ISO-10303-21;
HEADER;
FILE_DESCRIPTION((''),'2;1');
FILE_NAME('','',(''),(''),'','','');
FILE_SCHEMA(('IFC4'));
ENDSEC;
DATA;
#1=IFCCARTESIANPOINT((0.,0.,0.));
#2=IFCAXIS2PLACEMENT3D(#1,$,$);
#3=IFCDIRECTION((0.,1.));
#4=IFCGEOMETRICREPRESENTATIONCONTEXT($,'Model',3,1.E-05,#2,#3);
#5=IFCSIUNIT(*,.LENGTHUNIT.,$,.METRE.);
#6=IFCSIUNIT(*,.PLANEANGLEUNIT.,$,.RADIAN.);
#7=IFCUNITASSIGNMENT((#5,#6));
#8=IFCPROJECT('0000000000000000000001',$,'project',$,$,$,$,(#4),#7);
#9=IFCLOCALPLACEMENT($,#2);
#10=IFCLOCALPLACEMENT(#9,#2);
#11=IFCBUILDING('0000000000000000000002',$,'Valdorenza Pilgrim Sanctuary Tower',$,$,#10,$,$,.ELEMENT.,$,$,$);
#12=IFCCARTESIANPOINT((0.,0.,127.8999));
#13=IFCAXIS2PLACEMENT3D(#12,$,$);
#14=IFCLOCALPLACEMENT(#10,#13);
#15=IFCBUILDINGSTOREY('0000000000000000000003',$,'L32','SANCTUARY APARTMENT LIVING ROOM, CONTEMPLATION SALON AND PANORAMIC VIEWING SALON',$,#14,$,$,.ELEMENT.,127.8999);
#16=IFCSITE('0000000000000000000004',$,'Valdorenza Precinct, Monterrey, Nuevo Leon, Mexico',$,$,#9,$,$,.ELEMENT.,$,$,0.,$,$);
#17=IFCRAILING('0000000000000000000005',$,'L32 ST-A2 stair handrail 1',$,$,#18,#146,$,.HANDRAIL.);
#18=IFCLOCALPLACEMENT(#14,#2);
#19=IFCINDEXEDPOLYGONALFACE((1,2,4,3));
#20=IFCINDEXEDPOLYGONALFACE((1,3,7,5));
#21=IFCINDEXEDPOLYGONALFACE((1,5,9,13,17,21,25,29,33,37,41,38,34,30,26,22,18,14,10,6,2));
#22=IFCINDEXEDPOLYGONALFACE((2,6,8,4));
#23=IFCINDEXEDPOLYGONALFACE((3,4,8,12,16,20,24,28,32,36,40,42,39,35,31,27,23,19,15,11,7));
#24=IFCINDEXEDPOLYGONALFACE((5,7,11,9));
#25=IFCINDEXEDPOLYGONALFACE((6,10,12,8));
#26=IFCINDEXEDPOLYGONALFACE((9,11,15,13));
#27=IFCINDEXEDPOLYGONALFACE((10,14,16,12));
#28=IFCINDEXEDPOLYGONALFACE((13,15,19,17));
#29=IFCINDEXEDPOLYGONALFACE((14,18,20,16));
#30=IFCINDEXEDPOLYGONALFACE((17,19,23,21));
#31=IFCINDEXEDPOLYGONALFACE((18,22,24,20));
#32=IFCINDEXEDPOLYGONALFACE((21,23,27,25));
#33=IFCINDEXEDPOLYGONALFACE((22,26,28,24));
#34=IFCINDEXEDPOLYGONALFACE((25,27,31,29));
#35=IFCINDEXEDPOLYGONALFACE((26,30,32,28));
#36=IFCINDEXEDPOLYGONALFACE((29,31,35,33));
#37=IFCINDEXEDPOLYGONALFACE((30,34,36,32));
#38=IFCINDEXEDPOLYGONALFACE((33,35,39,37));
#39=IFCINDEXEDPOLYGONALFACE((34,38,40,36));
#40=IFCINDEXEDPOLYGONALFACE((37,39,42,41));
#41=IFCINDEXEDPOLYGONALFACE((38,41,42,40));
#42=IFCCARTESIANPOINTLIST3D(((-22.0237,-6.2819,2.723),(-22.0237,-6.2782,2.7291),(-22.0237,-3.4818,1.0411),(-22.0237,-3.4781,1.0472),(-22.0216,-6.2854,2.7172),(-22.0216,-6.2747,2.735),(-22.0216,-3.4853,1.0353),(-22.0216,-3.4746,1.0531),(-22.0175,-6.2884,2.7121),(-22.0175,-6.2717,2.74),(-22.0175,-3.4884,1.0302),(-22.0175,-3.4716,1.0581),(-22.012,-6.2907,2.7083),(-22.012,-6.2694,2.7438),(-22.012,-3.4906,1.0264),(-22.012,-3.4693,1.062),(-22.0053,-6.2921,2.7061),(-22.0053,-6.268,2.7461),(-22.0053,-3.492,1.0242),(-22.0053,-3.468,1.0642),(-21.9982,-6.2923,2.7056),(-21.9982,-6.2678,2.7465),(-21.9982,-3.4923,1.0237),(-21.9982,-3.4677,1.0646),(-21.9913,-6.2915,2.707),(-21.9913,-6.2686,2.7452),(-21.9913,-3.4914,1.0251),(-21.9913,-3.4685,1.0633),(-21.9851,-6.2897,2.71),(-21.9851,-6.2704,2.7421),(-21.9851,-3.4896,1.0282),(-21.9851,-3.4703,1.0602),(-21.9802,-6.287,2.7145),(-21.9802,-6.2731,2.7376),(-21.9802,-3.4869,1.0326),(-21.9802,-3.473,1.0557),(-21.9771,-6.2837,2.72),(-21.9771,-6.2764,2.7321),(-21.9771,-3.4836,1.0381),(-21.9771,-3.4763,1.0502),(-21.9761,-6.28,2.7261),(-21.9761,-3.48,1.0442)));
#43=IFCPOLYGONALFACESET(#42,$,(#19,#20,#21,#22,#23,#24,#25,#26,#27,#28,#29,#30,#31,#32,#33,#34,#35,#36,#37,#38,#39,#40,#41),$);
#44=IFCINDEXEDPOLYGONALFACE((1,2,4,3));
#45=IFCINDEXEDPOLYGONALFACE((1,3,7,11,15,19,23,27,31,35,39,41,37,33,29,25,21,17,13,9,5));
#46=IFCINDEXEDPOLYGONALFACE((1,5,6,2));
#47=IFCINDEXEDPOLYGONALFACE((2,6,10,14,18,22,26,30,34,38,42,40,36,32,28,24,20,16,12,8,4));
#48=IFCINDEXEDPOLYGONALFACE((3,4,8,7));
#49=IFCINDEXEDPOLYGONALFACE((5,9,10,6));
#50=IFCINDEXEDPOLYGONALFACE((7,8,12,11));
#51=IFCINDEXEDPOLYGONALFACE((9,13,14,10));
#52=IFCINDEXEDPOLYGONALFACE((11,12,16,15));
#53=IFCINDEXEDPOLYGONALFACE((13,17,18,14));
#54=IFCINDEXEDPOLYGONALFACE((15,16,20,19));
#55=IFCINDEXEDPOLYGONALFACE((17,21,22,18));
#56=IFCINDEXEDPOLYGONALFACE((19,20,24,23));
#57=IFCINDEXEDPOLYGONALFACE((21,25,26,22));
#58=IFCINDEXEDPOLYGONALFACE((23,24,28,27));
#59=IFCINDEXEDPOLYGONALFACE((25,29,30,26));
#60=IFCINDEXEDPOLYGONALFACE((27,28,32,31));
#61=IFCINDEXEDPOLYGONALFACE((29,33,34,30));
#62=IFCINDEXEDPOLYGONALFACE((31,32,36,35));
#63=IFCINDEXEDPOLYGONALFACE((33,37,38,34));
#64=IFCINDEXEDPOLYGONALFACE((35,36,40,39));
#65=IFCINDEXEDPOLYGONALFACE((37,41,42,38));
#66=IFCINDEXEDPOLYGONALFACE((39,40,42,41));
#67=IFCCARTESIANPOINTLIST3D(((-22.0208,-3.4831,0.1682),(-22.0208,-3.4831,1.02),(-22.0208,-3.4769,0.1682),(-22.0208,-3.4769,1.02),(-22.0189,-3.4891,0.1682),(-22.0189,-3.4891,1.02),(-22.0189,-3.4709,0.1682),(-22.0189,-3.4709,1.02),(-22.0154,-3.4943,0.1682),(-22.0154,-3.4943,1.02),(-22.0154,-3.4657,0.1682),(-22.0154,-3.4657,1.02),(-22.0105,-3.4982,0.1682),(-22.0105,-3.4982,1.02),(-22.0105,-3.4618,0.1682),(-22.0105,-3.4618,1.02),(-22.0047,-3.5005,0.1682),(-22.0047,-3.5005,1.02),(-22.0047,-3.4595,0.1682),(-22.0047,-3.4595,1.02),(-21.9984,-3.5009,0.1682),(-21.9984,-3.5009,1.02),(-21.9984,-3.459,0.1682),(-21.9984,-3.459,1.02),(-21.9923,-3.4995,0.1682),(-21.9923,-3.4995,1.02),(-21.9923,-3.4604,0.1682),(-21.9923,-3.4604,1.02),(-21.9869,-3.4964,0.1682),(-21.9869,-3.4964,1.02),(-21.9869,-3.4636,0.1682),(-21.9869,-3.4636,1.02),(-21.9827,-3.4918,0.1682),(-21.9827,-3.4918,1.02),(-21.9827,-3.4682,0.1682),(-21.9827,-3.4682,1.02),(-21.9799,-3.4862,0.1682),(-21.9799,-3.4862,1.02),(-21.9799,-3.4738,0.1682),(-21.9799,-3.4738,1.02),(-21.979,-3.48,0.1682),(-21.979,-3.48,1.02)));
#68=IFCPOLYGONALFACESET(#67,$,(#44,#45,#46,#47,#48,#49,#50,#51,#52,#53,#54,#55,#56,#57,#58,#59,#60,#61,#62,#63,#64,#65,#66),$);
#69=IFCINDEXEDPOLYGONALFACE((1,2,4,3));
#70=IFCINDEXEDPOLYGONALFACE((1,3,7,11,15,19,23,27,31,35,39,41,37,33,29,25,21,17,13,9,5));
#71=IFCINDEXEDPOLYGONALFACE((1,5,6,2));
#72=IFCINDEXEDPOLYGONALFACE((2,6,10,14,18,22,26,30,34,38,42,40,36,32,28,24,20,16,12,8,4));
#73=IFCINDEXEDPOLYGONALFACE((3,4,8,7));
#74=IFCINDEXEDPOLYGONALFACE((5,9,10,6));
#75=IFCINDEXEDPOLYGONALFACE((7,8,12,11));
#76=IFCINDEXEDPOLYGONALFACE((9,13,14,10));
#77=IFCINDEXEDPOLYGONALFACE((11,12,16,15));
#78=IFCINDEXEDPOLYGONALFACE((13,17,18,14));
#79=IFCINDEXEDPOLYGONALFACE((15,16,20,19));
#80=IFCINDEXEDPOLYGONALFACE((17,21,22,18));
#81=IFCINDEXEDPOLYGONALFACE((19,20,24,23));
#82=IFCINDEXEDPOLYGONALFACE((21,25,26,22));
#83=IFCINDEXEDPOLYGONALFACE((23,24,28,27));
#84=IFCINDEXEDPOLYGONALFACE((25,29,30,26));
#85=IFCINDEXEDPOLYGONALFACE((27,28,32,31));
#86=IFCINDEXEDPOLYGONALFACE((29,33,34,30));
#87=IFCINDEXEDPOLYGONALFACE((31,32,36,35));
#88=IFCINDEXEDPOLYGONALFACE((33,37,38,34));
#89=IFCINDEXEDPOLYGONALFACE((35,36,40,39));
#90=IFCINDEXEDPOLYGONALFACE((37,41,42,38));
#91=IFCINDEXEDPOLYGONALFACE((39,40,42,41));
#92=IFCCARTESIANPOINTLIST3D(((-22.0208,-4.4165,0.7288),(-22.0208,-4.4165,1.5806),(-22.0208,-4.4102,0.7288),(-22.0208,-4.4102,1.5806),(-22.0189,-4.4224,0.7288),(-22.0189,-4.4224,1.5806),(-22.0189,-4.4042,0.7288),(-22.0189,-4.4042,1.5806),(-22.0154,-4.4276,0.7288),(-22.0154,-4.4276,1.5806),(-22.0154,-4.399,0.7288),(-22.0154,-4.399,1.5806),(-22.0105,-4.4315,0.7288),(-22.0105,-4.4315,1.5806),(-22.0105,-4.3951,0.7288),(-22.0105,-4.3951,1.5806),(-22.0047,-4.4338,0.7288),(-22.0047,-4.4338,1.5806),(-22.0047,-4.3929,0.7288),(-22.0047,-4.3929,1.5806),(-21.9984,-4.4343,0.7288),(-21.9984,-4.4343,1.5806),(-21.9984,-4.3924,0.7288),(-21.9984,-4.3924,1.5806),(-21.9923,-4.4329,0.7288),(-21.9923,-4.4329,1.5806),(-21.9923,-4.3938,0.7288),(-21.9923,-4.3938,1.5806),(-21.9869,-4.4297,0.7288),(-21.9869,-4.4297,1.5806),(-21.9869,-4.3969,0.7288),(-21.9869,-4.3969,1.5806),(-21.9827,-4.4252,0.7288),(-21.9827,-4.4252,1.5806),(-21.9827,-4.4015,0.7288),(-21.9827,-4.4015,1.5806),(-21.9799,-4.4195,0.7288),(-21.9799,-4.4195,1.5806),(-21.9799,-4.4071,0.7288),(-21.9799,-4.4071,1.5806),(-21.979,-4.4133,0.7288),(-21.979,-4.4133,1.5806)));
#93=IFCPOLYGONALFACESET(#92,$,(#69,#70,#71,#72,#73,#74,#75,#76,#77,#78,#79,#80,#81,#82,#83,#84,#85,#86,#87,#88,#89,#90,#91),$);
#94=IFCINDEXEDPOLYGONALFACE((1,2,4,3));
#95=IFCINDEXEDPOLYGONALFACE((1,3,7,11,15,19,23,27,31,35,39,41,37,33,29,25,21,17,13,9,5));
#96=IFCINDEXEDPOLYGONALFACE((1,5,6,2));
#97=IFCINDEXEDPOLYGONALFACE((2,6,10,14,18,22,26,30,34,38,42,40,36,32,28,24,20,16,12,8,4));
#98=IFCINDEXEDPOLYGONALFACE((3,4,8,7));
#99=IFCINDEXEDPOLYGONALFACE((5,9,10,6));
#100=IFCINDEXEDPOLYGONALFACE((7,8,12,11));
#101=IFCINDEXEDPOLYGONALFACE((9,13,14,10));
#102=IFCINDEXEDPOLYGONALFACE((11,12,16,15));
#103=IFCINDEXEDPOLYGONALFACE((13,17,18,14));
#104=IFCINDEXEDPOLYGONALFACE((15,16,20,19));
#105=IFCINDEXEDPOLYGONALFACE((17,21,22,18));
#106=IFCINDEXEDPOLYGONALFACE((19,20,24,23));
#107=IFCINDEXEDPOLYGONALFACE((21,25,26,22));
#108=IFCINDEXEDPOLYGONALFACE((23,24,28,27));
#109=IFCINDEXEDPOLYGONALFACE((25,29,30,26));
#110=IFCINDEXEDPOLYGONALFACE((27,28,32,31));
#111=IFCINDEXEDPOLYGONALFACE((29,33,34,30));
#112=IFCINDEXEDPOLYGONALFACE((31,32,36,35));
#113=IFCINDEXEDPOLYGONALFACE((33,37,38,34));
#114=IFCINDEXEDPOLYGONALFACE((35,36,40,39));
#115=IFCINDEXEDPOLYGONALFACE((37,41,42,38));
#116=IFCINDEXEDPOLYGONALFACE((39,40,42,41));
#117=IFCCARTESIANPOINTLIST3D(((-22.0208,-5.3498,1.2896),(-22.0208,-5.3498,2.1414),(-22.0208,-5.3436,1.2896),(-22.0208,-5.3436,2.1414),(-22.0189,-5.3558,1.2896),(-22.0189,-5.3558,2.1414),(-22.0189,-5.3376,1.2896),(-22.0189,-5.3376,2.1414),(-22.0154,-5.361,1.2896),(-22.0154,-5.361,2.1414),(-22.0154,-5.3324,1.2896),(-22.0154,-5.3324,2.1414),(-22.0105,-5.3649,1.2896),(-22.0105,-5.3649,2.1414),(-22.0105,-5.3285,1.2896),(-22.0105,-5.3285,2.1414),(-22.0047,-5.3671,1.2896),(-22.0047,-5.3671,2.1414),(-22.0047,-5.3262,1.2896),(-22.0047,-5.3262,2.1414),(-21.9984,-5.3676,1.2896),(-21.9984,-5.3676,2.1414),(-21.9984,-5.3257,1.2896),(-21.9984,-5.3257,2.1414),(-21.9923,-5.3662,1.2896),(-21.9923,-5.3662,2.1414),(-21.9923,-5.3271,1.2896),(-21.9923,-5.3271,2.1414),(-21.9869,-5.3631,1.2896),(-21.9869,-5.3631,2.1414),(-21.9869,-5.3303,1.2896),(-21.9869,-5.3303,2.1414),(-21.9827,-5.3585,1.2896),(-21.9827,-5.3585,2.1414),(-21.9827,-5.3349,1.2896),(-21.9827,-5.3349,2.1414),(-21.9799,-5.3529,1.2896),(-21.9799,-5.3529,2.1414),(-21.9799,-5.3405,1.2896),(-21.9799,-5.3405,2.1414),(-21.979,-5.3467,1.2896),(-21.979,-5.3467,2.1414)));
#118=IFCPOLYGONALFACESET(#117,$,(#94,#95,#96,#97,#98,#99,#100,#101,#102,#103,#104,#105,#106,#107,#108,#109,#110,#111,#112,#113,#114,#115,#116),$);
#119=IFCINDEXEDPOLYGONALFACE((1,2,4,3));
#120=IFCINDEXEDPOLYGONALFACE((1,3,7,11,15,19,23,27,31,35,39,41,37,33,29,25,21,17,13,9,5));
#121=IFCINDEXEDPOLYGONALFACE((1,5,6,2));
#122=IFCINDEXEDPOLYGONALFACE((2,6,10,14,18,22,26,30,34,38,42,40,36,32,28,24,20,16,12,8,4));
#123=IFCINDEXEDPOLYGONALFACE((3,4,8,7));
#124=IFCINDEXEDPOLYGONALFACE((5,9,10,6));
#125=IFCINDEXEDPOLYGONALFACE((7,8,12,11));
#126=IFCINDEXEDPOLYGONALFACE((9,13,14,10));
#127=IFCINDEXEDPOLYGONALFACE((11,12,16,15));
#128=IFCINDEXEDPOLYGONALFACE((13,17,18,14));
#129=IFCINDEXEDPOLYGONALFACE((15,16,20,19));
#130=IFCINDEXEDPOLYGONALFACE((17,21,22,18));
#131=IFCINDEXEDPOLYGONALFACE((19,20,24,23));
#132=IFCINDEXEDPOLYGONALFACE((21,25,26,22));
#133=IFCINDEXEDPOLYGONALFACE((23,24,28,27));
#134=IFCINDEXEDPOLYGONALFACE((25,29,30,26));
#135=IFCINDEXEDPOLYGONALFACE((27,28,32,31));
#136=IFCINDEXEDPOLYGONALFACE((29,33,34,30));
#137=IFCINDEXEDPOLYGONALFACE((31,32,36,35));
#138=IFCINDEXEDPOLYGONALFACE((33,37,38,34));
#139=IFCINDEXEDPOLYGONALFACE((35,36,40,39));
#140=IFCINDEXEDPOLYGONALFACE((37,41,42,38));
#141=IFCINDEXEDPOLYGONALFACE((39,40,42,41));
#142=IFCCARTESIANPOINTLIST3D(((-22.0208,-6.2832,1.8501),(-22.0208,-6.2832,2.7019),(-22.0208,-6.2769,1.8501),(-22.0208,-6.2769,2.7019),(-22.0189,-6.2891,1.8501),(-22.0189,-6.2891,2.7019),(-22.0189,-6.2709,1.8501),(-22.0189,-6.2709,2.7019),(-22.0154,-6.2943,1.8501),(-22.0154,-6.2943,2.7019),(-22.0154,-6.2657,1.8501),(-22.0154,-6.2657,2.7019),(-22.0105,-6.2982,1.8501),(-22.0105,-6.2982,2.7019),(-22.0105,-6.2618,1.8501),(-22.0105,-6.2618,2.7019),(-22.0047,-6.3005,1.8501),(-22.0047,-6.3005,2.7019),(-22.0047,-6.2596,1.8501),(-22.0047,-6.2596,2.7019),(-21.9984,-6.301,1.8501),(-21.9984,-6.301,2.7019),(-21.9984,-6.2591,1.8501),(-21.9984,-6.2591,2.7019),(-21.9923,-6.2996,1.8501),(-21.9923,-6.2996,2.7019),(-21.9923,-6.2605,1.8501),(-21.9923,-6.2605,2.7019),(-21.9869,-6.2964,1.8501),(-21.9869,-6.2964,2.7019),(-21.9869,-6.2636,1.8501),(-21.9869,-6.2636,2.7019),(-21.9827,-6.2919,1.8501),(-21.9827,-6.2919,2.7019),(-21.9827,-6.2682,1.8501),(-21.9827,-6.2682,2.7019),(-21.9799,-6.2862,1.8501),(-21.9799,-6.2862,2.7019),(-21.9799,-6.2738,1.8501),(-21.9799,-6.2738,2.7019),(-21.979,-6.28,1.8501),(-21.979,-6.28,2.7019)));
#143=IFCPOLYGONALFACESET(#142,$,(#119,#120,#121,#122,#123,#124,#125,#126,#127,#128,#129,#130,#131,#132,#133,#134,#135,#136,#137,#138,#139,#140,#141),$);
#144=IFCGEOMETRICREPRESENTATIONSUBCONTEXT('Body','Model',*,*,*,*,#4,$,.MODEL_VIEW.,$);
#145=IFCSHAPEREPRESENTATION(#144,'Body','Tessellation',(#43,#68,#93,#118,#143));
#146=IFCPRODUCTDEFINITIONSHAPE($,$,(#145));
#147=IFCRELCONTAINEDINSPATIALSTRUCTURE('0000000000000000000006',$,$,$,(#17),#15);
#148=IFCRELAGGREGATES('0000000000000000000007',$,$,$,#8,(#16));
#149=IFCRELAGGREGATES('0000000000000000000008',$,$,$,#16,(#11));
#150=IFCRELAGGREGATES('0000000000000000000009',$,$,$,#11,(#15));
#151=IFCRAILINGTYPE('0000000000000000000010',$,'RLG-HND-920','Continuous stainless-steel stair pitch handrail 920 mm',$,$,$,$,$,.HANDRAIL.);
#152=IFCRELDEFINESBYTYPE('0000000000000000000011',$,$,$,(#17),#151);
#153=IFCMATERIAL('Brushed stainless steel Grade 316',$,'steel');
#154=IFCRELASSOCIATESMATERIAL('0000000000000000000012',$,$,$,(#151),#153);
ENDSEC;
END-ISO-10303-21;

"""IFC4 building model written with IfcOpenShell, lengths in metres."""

from ifc_helpers import new_model, si_unit, direction, frame, origin, origin_2d, place, context, subcontext, project, spatial, circle, extrude, material, type_object, element, save


model = new_model("IFC4")

# Units and contexts
model_context = context("Model", 3, precision=1e-05, world=origin(), true_north=direction((0.0, 1.0)))
body_context = subcontext(model_context, "Body", "Model", "MODEL_VIEW")
ifc_project = project(units=[si_unit("LENGTHUNIT", "METRE"), si_unit("PLANEANGLEUNIT", "RADIAN")], contexts=[model_context])

# Site, building, storey
site_placement = place(None, origin())
site = spatial("IfcSite", under=ifc_project, at=site_placement, Name="Valdorenza Precinct, Monterrey, Nuevo Leon, Mexico", CompositionType="ELEMENT", RefElevation=0.0)
building_placement = place(site_placement, origin())
building = spatial("IfcBuilding", under=site, at=building_placement, Name="Valdorenza Pilgrim Sanctuary Tower", CompositionType="ELEMENT")
storey_placement = place(building_placement, frame((0.0, 0.0, 127.8999)))
storey = spatial("IfcBuildingStorey", under=building, at=storey_placement, Name="L32", Description="SANCTUARY APARTMENT LIVING ROOM, CONTEMPLATION SALON AND PANORAMIC VIEWING SALON", CompositionType="ELEMENT", Elevation=127.8999)

# Shared definitions
ifc_material_1 = material(Name="Brushed stainless steel Grade 316", Category="steel")

# Railing
railing_type_1 = type_object("IfcRailingType", Name="RLG-HND-920", Description="Continuous stainless-steel stair pitch handrail 920 mm", PredefinedType="HANDRAIL", material=ifc_material_1)
railing_1_placement = place(storey_placement, frame((-22.0, -3.48, 0.1682)))
element("IfcRailing", 1, at=railing_1_placement, inside=storey, type_object=railing_type_1, Name="L32 ST-A2 stair handrail 1", PredefinedType="HANDRAIL", context=body_context, shape_type="SweptSolid", body=[
    extrude(circle(Radius=0.0239, at=origin_2d()), frame((0.0, 0.0, 0.876), z_axis=(0.0, -0.857242, 0.514913), x_axis=(1.0, 0.0, 0.0)), (0.0, 0.0, 1.0), 3.2664),
    extrude(circle(Radius=0.021, at=origin_2d()), origin(), (0.0, 0.0, 1.0), 0.8518),
    extrude(circle(Radius=0.021, at=origin_2d()), frame((0.0, -0.9333, 0.5605)), (0.0, 0.0, 1.0), 0.8518),
    extrude(circle(Radius=0.021, at=origin_2d()), frame((0.0, -1.8667, 1.1213)), (0.0, 0.0, 1.0), 0.8518),
    extrude(circle(Radius=0.021, at=origin_2d()), frame((0.0, -2.8, 1.6819)), (0.0, 0.0, 1.0), 0.8518),
])

save(model, "model.ifc")
